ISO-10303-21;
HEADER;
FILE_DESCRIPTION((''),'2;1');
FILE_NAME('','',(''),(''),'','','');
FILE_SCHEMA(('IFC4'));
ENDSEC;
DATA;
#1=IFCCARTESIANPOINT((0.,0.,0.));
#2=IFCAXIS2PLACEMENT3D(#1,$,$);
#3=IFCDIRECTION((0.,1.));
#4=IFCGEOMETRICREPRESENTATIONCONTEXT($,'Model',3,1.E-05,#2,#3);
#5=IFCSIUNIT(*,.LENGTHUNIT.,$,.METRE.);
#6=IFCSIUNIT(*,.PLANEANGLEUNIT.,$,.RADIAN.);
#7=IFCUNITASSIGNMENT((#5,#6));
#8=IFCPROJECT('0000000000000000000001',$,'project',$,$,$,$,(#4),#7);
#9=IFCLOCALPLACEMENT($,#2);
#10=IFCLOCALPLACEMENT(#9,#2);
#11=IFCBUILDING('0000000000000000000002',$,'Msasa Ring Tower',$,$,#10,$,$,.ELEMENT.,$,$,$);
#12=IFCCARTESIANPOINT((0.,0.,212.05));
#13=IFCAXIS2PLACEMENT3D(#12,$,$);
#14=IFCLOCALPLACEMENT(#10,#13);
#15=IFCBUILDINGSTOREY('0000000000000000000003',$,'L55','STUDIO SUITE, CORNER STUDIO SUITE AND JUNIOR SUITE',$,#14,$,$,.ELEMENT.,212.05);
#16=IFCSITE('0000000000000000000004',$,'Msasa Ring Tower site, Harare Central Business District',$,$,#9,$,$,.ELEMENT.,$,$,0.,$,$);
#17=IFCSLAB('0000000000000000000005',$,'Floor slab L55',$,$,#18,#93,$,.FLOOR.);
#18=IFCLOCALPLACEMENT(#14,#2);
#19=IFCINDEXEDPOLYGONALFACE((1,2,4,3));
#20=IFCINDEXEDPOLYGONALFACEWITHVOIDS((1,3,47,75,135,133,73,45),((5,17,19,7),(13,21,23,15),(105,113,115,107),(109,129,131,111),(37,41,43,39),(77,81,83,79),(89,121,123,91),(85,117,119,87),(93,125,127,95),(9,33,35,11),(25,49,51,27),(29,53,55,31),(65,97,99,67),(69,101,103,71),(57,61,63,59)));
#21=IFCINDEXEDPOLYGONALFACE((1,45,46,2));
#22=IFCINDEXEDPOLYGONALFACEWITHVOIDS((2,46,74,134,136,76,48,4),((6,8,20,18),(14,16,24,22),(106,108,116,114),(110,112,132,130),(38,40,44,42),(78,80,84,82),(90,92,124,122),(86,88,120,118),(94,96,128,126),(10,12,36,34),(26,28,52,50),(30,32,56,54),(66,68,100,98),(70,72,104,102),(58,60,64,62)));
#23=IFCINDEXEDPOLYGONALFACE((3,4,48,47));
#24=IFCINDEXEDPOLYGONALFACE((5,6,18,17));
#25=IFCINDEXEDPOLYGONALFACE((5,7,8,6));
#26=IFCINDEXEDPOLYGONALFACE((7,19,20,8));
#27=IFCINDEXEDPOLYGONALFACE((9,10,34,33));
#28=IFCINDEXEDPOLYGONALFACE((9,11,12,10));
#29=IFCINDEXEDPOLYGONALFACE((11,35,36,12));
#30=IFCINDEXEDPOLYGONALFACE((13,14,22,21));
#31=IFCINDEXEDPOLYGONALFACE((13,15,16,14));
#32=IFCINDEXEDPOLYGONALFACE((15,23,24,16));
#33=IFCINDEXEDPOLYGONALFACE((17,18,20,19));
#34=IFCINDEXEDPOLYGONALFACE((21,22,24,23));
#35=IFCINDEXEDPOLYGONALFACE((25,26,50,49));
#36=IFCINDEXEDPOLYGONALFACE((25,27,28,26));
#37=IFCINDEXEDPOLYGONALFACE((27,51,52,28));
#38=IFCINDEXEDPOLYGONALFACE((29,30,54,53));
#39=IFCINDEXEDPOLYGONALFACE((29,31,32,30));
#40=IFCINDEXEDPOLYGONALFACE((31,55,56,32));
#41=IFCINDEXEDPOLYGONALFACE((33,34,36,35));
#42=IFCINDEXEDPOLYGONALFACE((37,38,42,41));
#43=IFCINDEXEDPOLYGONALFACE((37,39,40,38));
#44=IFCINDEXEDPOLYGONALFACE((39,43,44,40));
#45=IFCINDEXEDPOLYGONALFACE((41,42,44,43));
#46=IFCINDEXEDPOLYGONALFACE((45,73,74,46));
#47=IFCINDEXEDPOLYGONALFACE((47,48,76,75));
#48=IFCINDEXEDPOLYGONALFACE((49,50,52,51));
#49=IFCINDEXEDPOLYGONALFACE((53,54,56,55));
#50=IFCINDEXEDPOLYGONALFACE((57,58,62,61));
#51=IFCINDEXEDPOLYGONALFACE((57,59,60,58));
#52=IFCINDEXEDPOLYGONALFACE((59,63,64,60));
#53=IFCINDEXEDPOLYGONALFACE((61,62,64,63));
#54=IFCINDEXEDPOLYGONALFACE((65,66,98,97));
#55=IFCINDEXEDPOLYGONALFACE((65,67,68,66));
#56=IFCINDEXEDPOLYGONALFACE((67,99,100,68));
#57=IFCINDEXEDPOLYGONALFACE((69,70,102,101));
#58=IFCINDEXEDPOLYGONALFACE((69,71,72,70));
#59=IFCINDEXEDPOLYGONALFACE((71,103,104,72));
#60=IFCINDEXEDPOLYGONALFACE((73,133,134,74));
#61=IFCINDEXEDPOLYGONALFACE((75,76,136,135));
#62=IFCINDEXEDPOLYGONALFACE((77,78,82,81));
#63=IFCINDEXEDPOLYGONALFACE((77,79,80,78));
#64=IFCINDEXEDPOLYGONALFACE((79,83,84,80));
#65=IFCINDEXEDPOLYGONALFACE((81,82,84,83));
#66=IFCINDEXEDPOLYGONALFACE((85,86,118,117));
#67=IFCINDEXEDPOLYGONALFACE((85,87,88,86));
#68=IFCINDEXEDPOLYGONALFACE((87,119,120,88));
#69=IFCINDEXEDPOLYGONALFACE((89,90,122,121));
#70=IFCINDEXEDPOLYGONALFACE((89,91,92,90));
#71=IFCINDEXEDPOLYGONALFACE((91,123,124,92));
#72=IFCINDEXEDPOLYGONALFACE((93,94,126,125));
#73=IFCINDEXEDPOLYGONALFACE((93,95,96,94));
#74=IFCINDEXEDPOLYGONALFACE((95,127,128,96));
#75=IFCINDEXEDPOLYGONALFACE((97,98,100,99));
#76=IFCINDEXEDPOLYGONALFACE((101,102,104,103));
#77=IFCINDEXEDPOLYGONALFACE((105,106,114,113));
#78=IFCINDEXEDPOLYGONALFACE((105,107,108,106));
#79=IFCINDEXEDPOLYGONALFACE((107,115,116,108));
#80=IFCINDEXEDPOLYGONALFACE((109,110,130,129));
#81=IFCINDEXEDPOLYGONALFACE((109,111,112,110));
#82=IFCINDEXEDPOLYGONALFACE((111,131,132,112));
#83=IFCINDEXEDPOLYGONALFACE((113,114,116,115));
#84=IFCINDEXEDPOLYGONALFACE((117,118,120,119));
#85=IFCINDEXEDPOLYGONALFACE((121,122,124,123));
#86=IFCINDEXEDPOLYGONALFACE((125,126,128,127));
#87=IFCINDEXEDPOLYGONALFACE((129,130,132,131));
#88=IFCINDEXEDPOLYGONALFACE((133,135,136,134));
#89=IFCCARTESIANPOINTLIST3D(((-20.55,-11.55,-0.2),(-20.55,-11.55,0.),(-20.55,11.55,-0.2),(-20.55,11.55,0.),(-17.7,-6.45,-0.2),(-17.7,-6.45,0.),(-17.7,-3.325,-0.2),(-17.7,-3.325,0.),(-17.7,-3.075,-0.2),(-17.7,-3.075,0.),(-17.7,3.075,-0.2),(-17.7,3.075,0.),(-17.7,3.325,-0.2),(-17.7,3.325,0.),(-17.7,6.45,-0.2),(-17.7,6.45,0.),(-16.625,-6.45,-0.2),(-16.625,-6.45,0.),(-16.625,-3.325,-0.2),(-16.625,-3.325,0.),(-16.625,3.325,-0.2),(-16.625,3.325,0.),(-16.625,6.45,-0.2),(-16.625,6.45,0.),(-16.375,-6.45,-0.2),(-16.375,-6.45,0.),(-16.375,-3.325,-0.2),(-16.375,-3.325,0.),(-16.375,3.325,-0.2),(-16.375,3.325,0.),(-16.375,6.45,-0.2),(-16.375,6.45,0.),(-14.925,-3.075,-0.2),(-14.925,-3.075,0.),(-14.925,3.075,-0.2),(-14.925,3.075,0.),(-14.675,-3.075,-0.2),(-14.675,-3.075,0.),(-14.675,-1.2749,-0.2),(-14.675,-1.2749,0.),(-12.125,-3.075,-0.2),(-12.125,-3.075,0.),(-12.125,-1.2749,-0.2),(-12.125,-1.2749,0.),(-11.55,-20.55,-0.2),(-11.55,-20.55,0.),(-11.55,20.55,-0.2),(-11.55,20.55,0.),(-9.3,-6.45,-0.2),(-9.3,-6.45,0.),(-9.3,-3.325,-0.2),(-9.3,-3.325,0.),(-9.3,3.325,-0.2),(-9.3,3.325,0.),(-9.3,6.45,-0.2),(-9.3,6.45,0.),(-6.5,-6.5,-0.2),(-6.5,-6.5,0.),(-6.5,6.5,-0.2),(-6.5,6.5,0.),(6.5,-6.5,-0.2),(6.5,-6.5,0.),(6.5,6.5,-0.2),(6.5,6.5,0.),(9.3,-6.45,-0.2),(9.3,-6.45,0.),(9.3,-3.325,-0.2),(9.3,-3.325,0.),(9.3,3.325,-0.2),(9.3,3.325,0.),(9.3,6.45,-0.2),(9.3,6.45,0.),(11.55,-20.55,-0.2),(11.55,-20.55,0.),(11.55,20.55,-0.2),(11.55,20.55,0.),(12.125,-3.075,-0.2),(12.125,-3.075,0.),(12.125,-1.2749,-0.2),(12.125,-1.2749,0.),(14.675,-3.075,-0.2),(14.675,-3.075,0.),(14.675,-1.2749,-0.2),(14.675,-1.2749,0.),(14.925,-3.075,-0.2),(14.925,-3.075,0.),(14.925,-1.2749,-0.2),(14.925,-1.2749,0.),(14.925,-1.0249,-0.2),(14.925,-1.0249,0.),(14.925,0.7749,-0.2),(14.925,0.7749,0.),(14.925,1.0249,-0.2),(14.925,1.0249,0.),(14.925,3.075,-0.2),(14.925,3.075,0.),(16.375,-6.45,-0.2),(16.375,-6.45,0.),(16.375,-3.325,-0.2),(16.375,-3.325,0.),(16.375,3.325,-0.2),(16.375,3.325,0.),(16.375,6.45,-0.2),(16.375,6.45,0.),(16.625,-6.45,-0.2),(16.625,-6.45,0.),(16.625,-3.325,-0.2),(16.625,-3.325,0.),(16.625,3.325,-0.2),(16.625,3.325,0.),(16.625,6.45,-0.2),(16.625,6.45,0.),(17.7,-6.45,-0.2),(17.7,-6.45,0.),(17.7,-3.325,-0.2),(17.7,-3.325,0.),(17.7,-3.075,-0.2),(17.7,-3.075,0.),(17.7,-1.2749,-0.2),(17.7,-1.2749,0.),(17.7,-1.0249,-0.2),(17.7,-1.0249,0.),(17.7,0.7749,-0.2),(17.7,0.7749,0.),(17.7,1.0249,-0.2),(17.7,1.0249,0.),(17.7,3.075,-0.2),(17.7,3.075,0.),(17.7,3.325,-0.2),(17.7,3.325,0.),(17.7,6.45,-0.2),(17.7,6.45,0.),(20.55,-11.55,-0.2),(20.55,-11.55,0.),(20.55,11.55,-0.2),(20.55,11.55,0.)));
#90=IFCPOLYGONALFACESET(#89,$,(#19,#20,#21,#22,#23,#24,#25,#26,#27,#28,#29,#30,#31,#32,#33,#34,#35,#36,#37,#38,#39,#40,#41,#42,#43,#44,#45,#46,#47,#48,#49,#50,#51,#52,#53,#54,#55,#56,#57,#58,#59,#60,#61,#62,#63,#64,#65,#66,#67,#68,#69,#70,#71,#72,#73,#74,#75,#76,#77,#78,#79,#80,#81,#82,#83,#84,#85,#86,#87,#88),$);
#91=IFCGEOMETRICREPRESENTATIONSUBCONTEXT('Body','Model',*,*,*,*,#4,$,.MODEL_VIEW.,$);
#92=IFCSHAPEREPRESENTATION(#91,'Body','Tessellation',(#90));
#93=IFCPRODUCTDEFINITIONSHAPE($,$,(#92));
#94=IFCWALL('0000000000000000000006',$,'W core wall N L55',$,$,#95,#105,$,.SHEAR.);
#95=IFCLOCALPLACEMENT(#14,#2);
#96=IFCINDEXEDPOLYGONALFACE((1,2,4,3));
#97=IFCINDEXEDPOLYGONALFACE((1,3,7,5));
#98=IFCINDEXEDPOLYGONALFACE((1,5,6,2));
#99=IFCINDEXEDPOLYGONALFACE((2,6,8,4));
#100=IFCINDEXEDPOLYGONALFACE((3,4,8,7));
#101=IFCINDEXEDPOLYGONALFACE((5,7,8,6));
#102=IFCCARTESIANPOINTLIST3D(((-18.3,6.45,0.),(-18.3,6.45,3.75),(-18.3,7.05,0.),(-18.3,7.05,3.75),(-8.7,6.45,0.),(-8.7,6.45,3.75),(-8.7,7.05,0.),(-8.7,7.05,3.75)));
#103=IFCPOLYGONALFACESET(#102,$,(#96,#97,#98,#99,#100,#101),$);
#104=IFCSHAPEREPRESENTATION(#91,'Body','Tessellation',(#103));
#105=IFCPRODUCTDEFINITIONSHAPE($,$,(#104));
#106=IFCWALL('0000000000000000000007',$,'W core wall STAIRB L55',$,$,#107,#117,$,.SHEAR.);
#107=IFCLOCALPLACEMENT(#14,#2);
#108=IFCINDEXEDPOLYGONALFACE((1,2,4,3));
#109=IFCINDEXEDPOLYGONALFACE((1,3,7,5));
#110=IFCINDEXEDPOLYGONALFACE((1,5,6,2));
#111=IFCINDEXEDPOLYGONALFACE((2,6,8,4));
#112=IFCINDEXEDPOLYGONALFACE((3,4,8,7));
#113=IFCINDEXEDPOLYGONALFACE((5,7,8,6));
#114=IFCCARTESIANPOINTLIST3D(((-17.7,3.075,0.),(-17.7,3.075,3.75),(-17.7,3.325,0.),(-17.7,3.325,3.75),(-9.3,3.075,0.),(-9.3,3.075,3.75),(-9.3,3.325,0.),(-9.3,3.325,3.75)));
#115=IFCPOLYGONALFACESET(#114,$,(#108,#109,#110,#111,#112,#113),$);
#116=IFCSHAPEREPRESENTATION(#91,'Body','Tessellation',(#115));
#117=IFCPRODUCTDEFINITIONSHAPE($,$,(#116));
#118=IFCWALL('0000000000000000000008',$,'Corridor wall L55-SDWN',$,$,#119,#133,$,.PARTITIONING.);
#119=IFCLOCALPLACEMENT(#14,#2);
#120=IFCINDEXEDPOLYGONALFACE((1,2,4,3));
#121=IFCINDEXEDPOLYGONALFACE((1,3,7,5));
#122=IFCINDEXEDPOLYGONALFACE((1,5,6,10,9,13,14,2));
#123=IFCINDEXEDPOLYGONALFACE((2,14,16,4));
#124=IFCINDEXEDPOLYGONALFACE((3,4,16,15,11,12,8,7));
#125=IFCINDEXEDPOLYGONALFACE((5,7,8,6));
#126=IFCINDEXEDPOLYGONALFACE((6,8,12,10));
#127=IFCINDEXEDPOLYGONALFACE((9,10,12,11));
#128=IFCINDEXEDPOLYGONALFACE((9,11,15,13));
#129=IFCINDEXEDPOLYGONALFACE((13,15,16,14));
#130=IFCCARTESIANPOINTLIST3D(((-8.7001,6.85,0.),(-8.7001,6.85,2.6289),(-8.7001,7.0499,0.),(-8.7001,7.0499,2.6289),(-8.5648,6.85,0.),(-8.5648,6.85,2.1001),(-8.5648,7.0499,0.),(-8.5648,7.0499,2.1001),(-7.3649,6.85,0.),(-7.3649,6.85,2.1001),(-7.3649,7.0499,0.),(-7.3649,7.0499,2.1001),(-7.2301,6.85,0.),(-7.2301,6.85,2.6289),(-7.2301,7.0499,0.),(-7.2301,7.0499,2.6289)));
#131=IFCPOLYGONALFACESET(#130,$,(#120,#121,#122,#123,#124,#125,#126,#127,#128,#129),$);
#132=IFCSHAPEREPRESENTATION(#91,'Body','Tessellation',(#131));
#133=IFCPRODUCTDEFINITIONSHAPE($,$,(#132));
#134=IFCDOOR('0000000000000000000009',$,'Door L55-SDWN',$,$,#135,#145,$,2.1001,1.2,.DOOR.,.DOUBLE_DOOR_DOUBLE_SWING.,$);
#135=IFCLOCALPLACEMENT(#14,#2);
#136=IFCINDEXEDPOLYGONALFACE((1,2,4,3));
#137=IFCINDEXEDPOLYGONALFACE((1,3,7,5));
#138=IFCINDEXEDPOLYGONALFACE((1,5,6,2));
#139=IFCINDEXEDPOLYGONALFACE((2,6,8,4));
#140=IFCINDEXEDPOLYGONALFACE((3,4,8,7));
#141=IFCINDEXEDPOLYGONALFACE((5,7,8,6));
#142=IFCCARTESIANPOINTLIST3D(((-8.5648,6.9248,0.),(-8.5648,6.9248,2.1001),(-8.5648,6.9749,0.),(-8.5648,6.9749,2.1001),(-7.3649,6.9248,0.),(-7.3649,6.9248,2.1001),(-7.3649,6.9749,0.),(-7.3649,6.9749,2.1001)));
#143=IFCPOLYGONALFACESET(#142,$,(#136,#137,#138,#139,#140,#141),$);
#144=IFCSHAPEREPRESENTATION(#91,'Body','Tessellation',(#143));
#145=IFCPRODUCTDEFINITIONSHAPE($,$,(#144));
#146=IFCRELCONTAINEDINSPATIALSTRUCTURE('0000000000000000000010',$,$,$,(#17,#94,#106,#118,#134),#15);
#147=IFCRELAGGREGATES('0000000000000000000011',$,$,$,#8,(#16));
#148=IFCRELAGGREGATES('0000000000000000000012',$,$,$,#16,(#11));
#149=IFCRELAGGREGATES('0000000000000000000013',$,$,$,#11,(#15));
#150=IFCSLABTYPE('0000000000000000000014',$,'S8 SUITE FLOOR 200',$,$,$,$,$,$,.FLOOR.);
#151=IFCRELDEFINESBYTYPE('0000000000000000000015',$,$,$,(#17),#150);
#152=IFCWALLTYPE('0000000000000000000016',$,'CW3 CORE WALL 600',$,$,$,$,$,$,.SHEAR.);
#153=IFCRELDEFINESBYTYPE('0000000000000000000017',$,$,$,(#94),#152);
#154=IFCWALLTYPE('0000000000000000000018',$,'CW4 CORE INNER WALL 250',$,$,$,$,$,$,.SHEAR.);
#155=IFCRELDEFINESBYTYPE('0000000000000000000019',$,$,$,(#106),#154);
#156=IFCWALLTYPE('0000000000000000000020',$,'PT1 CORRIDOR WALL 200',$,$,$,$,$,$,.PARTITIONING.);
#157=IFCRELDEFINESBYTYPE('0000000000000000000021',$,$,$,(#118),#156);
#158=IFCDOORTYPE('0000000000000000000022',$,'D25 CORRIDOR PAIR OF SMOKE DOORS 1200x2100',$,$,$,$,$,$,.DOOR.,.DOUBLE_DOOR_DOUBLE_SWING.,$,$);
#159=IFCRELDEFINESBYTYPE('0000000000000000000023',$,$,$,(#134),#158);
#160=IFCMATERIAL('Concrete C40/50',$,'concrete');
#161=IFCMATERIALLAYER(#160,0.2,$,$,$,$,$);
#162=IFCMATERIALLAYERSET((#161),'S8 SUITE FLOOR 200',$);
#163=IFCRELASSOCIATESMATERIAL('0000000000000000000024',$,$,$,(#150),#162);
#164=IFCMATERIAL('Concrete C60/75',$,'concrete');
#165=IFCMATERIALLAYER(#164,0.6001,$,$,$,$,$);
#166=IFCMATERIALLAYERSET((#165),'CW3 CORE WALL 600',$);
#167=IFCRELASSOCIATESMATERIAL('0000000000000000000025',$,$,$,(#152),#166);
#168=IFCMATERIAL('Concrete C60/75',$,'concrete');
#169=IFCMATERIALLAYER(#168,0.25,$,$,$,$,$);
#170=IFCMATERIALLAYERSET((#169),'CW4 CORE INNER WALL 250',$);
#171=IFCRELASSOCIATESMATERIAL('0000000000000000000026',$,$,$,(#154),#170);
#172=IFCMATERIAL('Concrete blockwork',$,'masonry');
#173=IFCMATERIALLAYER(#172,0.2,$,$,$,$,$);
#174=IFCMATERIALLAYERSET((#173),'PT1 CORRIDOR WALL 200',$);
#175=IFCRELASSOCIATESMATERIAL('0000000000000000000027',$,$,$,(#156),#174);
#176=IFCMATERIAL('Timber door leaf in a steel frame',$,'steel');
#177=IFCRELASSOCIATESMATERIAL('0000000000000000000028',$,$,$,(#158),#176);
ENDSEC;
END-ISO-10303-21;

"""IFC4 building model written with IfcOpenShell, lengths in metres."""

from ifc_helpers import new_model, si_unit, direction, frame, frame_2d, origin, place, context, subcontext, project, spatial, polyline, rectangle, outline, extrude, material, layer, layer_set, type_object, element, fill, save


model = new_model("IFC4")

# Units and contexts
model_context = context("Model", 3, precision=1e-05, world=origin(), true_north=direction((0.0, 1.0)))
body_context = subcontext(model_context, "Body", "Model", "MODEL_VIEW")
ifc_project = project(units=[si_unit("LENGTHUNIT", "METRE"), si_unit("PLANEANGLEUNIT", "RADIAN")], contexts=[model_context])

# Site, building, storey
site_placement = place(None, origin())
site = spatial("IfcSite", under=ifc_project, at=site_placement, Name="Msasa Ring Tower site, Harare Central Business District", CompositionType="ELEMENT", RefElevation=0.0)
building_placement = place(site_placement, origin())
building = spatial("IfcBuilding", under=site, at=building_placement, Name="Msasa Ring Tower", CompositionType="ELEMENT")
storey_placement = place(building_placement, frame((0.0, 0.0, 212.05)))
storey = spatial("IfcBuildingStorey", under=building, at=storey_placement, Name="L55", Description="STUDIO SUITE, CORNER STUDIO SUITE AND JUNIOR SUITE", CompositionType="ELEMENT", Elevation=212.05)

# Slab
ifc_material_1 = material(Name="Concrete C40/50", Category="concrete")
ifc_layer_1 = layer(ifc_material_1, 0.2)
ifc_layer_set_1 = layer_set([ifc_layer_1], Name="S8 SUITE FLOOR 200")
slab_type = type_object("IfcSlabType", Name="S8 SUITE FLOOR 200", PredefinedType="FLOOR", material=ifc_layer_set_1)
slab_placement = place(storey_placement, frame((0.0, 0.0, -0.2)))
element("IfcSlab", 1, at=slab_placement, inside=storey, type_object=slab_type, Name="Floor slab L55", PredefinedType="FLOOR", context=body_context, shape_type="SweptSolid", body=[
    extrude(outline(polyline([(-11.55, -20.55), (11.55, -20.55), (20.55, -11.55), (20.55, 11.55), (11.55, 20.55), (-11.55, 20.55), (-20.55, 11.55), (-20.55, -11.55), (-11.55, -20.55)]), holes=[polyline([(-6.5, -6.5), (6.5, -6.5), (6.5, 6.5), (-6.5, 6.5), (-6.5, -6.5)]), polyline([(9.3, -6.45), (16.375, -6.45), (16.375, -3.325), (9.3, -3.325), (9.3, -6.45)]), polyline([(9.3, 3.325), (16.375, 3.325), (16.375, 6.45), (9.3, 6.45), (9.3, 3.325)]), polyline([(12.125, -3.075), (14.675, -3.075), (14.675, -1.2749), (12.125, -1.2749), (12.125, -3.075)]), polyline([(16.625, -6.45), (17.7, -6.45), (17.7, -3.325), (16.625, -3.325), (16.625, -6.45)]), polyline([(16.625, 3.325), (17.7, 3.325), (17.7, 6.45), (16.625, 6.45), (16.625, 3.325)]), polyline([(14.925, -3.075), (17.7, -3.075), (17.7, -1.2749), (14.925, -1.2749), (14.925, -3.075)]), polyline([(14.925, -1.0249), (17.7, -1.0249), (17.7, 0.7749), (14.925, 0.7749), (14.925, -1.0249)]), polyline([(14.925, 1.0249), (17.7, 1.0249), (17.7, 3.075), (14.925, 3.075), (14.925, 1.0249)]), polyline([(-16.375, -6.45), (-9.3, -6.45), (-9.3, -3.325), (-16.375, -3.325), (-16.375, -6.45)]), polyline([(-16.375, 3.325), (-9.3, 3.325), (-9.3, 6.45), (-16.375, 6.45), (-16.375, 3.325)]), polyline([(-14.675, -3.075), (-12.125, -3.075), (-12.125, -1.2749), (-14.675, -1.2749), (-14.675, -3.075)]), polyline([(-17.7, -6.45), (-16.625, -6.45), (-16.625, -3.325), (-17.7, -3.325), (-17.7, -6.45)]), polyline([(-17.7, 3.325), (-16.625, 3.325), (-16.625, 6.45), (-17.7, 6.45), (-17.7, 3.325)]), polyline([(-17.7, -3.075), (-14.925, -3.075), (-14.925, 3.075), (-17.7, 3.075), (-17.7, -3.075)])]), origin(), (0.0, 0.0, 1.0), 0.2),
])

# Walls
ifc_material_2 = material(Name="Concrete C60/75", Category="concrete")
ifc_layer_2 = layer(ifc_material_2, 0.6001)
ifc_layer_set_2 = layer_set([ifc_layer_2], Name="CW3 CORE WALL 600")
wall_type_1 = type_object("IfcWallType", Name="CW3 CORE WALL 600", PredefinedType="SHEAR", material=ifc_layer_set_2)
wall_1_placement = place(storey_placement, frame((-8.7, 6.75, 0.0), z_axis=(0.0, 0.0, 1.0), x_axis=(-1.0, 0.0, 0.0)))
element("IfcWall", 2, at=wall_1_placement, inside=storey, type_object=wall_type_1, Name="W core wall N L55", PredefinedType="SHEAR", context=body_context, shape_type="SweptSolid", body=[
    extrude(rectangle(XDim=9.6001, YDim=0.6001, at=frame_2d((4.8, 0.0))), origin(), (0.0, 0.0, 1.0), 3.75),
])
ifc_material_3 = material(Name="Concrete C60/75", Category="concrete")
ifc_layer_3 = layer(ifc_material_3, 0.25)
ifc_layer_set_3 = layer_set([ifc_layer_3], Name="CW4 CORE INNER WALL 250")
wall_type_2 = type_object("IfcWallType", Name="CW4 CORE INNER WALL 250", PredefinedType="SHEAR", material=ifc_layer_set_3)
wall_2_placement = place(storey_placement, frame((-9.3, 3.2, 0.0), z_axis=(0.0, 0.0, 1.0), x_axis=(-1.0, 0.0, 0.0)))
element("IfcWall", 3, at=wall_2_placement, inside=storey, type_object=wall_type_2, Name="W core wall STAIRB L55", PredefinedType="SHEAR", context=body_context, shape_type="SweptSolid", body=[
    extrude(rectangle(XDim=8.3999, YDim=0.25, at=frame_2d((4.2, 0.0))), origin(), (0.0, 0.0, 1.0), 3.75),
])

# Wall, opening, door
ifc_material_4 = material(Name="Concrete blockwork", Category="masonry")
ifc_layer_4 = layer(ifc_material_4, 0.2)
ifc_layer_set_4 = layer_set([ifc_layer_4], Name="PT1 CORRIDOR WALL 200")
wall_type_3 = type_object("IfcWallType", Name="PT1 CORRIDOR WALL 200", PredefinedType="PARTITIONING", material=ifc_layer_set_4)
wall_3_placement = place(storey_placement, frame((-8.7, 6.95, 0.0), z_axis=(0.0, 0.0, 1.0), x_axis=(1.0, 0.0, 0.0)))
wall_3 = element("IfcWall", 4, at=wall_3_placement, inside=storey, type_object=wall_type_3, Name="Corridor wall L55-SDWN", PredefinedType="PARTITIONING", context=body_context, shape_type="SweptSolid", body=[
    extrude(rectangle(XDim=1.47, YDim=0.2, at=frame_2d((0.7349, 0.0))), origin(), (0.0, 0.0, 1.0), 2.6289),
])
opening_placement = place(wall_3_placement, frame((0.135, 0.0, 0.0)))
opening = element("IfcOpeningElement", 5, at=opening_placement, cuts=wall_3, PredefinedType="OPENING", context=body_context, shape_type="SweptSolid", body=[
    extrude(rectangle(XDim=1.2, YDim=2.1001, at=frame_2d((0.6001, 1.05))), frame((0.0, 0.1099, 0.0), z_axis=(0.0, -1.0, 0.0), x_axis=(1.0, 0.0, 0.0)), (0.0, 0.0, 1.0), 0.22),
])
ifc_material_5 = material(Name="Timber door leaf in a steel frame", Category="steel")
door_type = type_object("IfcDoorType", Name="D25 CORRIDOR PAIR OF SMOKE DOORS 1200x2100", OperationType="DOUBLE_DOOR_DOUBLE_SWING", PredefinedType="DOOR", material=ifc_material_5)
door_placement = place(opening_placement, origin())
door = element("IfcDoor", 6, at=door_placement, inside=storey, type_object=door_type, Name="Door L55-SDWN", OperationType="DOUBLE_DOOR_DOUBLE_SWING", OverallHeight=2.1001, OverallWidth=1.2, PredefinedType="DOOR", context=body_context, shape_type="SweptSolid", body=[
    extrude(rectangle(XDim=1.2, YDim=2.1001, at=frame_2d((0.6001, 1.05))), frame((0.0, 0.0249, 0.0), z_axis=(0.0, -1.0, 0.0), x_axis=(1.0, 0.0, 0.0)), (0.0, 0.0, 1.0), 0.05),
])
fill(opening, door)

save(model, "model.ifc")
